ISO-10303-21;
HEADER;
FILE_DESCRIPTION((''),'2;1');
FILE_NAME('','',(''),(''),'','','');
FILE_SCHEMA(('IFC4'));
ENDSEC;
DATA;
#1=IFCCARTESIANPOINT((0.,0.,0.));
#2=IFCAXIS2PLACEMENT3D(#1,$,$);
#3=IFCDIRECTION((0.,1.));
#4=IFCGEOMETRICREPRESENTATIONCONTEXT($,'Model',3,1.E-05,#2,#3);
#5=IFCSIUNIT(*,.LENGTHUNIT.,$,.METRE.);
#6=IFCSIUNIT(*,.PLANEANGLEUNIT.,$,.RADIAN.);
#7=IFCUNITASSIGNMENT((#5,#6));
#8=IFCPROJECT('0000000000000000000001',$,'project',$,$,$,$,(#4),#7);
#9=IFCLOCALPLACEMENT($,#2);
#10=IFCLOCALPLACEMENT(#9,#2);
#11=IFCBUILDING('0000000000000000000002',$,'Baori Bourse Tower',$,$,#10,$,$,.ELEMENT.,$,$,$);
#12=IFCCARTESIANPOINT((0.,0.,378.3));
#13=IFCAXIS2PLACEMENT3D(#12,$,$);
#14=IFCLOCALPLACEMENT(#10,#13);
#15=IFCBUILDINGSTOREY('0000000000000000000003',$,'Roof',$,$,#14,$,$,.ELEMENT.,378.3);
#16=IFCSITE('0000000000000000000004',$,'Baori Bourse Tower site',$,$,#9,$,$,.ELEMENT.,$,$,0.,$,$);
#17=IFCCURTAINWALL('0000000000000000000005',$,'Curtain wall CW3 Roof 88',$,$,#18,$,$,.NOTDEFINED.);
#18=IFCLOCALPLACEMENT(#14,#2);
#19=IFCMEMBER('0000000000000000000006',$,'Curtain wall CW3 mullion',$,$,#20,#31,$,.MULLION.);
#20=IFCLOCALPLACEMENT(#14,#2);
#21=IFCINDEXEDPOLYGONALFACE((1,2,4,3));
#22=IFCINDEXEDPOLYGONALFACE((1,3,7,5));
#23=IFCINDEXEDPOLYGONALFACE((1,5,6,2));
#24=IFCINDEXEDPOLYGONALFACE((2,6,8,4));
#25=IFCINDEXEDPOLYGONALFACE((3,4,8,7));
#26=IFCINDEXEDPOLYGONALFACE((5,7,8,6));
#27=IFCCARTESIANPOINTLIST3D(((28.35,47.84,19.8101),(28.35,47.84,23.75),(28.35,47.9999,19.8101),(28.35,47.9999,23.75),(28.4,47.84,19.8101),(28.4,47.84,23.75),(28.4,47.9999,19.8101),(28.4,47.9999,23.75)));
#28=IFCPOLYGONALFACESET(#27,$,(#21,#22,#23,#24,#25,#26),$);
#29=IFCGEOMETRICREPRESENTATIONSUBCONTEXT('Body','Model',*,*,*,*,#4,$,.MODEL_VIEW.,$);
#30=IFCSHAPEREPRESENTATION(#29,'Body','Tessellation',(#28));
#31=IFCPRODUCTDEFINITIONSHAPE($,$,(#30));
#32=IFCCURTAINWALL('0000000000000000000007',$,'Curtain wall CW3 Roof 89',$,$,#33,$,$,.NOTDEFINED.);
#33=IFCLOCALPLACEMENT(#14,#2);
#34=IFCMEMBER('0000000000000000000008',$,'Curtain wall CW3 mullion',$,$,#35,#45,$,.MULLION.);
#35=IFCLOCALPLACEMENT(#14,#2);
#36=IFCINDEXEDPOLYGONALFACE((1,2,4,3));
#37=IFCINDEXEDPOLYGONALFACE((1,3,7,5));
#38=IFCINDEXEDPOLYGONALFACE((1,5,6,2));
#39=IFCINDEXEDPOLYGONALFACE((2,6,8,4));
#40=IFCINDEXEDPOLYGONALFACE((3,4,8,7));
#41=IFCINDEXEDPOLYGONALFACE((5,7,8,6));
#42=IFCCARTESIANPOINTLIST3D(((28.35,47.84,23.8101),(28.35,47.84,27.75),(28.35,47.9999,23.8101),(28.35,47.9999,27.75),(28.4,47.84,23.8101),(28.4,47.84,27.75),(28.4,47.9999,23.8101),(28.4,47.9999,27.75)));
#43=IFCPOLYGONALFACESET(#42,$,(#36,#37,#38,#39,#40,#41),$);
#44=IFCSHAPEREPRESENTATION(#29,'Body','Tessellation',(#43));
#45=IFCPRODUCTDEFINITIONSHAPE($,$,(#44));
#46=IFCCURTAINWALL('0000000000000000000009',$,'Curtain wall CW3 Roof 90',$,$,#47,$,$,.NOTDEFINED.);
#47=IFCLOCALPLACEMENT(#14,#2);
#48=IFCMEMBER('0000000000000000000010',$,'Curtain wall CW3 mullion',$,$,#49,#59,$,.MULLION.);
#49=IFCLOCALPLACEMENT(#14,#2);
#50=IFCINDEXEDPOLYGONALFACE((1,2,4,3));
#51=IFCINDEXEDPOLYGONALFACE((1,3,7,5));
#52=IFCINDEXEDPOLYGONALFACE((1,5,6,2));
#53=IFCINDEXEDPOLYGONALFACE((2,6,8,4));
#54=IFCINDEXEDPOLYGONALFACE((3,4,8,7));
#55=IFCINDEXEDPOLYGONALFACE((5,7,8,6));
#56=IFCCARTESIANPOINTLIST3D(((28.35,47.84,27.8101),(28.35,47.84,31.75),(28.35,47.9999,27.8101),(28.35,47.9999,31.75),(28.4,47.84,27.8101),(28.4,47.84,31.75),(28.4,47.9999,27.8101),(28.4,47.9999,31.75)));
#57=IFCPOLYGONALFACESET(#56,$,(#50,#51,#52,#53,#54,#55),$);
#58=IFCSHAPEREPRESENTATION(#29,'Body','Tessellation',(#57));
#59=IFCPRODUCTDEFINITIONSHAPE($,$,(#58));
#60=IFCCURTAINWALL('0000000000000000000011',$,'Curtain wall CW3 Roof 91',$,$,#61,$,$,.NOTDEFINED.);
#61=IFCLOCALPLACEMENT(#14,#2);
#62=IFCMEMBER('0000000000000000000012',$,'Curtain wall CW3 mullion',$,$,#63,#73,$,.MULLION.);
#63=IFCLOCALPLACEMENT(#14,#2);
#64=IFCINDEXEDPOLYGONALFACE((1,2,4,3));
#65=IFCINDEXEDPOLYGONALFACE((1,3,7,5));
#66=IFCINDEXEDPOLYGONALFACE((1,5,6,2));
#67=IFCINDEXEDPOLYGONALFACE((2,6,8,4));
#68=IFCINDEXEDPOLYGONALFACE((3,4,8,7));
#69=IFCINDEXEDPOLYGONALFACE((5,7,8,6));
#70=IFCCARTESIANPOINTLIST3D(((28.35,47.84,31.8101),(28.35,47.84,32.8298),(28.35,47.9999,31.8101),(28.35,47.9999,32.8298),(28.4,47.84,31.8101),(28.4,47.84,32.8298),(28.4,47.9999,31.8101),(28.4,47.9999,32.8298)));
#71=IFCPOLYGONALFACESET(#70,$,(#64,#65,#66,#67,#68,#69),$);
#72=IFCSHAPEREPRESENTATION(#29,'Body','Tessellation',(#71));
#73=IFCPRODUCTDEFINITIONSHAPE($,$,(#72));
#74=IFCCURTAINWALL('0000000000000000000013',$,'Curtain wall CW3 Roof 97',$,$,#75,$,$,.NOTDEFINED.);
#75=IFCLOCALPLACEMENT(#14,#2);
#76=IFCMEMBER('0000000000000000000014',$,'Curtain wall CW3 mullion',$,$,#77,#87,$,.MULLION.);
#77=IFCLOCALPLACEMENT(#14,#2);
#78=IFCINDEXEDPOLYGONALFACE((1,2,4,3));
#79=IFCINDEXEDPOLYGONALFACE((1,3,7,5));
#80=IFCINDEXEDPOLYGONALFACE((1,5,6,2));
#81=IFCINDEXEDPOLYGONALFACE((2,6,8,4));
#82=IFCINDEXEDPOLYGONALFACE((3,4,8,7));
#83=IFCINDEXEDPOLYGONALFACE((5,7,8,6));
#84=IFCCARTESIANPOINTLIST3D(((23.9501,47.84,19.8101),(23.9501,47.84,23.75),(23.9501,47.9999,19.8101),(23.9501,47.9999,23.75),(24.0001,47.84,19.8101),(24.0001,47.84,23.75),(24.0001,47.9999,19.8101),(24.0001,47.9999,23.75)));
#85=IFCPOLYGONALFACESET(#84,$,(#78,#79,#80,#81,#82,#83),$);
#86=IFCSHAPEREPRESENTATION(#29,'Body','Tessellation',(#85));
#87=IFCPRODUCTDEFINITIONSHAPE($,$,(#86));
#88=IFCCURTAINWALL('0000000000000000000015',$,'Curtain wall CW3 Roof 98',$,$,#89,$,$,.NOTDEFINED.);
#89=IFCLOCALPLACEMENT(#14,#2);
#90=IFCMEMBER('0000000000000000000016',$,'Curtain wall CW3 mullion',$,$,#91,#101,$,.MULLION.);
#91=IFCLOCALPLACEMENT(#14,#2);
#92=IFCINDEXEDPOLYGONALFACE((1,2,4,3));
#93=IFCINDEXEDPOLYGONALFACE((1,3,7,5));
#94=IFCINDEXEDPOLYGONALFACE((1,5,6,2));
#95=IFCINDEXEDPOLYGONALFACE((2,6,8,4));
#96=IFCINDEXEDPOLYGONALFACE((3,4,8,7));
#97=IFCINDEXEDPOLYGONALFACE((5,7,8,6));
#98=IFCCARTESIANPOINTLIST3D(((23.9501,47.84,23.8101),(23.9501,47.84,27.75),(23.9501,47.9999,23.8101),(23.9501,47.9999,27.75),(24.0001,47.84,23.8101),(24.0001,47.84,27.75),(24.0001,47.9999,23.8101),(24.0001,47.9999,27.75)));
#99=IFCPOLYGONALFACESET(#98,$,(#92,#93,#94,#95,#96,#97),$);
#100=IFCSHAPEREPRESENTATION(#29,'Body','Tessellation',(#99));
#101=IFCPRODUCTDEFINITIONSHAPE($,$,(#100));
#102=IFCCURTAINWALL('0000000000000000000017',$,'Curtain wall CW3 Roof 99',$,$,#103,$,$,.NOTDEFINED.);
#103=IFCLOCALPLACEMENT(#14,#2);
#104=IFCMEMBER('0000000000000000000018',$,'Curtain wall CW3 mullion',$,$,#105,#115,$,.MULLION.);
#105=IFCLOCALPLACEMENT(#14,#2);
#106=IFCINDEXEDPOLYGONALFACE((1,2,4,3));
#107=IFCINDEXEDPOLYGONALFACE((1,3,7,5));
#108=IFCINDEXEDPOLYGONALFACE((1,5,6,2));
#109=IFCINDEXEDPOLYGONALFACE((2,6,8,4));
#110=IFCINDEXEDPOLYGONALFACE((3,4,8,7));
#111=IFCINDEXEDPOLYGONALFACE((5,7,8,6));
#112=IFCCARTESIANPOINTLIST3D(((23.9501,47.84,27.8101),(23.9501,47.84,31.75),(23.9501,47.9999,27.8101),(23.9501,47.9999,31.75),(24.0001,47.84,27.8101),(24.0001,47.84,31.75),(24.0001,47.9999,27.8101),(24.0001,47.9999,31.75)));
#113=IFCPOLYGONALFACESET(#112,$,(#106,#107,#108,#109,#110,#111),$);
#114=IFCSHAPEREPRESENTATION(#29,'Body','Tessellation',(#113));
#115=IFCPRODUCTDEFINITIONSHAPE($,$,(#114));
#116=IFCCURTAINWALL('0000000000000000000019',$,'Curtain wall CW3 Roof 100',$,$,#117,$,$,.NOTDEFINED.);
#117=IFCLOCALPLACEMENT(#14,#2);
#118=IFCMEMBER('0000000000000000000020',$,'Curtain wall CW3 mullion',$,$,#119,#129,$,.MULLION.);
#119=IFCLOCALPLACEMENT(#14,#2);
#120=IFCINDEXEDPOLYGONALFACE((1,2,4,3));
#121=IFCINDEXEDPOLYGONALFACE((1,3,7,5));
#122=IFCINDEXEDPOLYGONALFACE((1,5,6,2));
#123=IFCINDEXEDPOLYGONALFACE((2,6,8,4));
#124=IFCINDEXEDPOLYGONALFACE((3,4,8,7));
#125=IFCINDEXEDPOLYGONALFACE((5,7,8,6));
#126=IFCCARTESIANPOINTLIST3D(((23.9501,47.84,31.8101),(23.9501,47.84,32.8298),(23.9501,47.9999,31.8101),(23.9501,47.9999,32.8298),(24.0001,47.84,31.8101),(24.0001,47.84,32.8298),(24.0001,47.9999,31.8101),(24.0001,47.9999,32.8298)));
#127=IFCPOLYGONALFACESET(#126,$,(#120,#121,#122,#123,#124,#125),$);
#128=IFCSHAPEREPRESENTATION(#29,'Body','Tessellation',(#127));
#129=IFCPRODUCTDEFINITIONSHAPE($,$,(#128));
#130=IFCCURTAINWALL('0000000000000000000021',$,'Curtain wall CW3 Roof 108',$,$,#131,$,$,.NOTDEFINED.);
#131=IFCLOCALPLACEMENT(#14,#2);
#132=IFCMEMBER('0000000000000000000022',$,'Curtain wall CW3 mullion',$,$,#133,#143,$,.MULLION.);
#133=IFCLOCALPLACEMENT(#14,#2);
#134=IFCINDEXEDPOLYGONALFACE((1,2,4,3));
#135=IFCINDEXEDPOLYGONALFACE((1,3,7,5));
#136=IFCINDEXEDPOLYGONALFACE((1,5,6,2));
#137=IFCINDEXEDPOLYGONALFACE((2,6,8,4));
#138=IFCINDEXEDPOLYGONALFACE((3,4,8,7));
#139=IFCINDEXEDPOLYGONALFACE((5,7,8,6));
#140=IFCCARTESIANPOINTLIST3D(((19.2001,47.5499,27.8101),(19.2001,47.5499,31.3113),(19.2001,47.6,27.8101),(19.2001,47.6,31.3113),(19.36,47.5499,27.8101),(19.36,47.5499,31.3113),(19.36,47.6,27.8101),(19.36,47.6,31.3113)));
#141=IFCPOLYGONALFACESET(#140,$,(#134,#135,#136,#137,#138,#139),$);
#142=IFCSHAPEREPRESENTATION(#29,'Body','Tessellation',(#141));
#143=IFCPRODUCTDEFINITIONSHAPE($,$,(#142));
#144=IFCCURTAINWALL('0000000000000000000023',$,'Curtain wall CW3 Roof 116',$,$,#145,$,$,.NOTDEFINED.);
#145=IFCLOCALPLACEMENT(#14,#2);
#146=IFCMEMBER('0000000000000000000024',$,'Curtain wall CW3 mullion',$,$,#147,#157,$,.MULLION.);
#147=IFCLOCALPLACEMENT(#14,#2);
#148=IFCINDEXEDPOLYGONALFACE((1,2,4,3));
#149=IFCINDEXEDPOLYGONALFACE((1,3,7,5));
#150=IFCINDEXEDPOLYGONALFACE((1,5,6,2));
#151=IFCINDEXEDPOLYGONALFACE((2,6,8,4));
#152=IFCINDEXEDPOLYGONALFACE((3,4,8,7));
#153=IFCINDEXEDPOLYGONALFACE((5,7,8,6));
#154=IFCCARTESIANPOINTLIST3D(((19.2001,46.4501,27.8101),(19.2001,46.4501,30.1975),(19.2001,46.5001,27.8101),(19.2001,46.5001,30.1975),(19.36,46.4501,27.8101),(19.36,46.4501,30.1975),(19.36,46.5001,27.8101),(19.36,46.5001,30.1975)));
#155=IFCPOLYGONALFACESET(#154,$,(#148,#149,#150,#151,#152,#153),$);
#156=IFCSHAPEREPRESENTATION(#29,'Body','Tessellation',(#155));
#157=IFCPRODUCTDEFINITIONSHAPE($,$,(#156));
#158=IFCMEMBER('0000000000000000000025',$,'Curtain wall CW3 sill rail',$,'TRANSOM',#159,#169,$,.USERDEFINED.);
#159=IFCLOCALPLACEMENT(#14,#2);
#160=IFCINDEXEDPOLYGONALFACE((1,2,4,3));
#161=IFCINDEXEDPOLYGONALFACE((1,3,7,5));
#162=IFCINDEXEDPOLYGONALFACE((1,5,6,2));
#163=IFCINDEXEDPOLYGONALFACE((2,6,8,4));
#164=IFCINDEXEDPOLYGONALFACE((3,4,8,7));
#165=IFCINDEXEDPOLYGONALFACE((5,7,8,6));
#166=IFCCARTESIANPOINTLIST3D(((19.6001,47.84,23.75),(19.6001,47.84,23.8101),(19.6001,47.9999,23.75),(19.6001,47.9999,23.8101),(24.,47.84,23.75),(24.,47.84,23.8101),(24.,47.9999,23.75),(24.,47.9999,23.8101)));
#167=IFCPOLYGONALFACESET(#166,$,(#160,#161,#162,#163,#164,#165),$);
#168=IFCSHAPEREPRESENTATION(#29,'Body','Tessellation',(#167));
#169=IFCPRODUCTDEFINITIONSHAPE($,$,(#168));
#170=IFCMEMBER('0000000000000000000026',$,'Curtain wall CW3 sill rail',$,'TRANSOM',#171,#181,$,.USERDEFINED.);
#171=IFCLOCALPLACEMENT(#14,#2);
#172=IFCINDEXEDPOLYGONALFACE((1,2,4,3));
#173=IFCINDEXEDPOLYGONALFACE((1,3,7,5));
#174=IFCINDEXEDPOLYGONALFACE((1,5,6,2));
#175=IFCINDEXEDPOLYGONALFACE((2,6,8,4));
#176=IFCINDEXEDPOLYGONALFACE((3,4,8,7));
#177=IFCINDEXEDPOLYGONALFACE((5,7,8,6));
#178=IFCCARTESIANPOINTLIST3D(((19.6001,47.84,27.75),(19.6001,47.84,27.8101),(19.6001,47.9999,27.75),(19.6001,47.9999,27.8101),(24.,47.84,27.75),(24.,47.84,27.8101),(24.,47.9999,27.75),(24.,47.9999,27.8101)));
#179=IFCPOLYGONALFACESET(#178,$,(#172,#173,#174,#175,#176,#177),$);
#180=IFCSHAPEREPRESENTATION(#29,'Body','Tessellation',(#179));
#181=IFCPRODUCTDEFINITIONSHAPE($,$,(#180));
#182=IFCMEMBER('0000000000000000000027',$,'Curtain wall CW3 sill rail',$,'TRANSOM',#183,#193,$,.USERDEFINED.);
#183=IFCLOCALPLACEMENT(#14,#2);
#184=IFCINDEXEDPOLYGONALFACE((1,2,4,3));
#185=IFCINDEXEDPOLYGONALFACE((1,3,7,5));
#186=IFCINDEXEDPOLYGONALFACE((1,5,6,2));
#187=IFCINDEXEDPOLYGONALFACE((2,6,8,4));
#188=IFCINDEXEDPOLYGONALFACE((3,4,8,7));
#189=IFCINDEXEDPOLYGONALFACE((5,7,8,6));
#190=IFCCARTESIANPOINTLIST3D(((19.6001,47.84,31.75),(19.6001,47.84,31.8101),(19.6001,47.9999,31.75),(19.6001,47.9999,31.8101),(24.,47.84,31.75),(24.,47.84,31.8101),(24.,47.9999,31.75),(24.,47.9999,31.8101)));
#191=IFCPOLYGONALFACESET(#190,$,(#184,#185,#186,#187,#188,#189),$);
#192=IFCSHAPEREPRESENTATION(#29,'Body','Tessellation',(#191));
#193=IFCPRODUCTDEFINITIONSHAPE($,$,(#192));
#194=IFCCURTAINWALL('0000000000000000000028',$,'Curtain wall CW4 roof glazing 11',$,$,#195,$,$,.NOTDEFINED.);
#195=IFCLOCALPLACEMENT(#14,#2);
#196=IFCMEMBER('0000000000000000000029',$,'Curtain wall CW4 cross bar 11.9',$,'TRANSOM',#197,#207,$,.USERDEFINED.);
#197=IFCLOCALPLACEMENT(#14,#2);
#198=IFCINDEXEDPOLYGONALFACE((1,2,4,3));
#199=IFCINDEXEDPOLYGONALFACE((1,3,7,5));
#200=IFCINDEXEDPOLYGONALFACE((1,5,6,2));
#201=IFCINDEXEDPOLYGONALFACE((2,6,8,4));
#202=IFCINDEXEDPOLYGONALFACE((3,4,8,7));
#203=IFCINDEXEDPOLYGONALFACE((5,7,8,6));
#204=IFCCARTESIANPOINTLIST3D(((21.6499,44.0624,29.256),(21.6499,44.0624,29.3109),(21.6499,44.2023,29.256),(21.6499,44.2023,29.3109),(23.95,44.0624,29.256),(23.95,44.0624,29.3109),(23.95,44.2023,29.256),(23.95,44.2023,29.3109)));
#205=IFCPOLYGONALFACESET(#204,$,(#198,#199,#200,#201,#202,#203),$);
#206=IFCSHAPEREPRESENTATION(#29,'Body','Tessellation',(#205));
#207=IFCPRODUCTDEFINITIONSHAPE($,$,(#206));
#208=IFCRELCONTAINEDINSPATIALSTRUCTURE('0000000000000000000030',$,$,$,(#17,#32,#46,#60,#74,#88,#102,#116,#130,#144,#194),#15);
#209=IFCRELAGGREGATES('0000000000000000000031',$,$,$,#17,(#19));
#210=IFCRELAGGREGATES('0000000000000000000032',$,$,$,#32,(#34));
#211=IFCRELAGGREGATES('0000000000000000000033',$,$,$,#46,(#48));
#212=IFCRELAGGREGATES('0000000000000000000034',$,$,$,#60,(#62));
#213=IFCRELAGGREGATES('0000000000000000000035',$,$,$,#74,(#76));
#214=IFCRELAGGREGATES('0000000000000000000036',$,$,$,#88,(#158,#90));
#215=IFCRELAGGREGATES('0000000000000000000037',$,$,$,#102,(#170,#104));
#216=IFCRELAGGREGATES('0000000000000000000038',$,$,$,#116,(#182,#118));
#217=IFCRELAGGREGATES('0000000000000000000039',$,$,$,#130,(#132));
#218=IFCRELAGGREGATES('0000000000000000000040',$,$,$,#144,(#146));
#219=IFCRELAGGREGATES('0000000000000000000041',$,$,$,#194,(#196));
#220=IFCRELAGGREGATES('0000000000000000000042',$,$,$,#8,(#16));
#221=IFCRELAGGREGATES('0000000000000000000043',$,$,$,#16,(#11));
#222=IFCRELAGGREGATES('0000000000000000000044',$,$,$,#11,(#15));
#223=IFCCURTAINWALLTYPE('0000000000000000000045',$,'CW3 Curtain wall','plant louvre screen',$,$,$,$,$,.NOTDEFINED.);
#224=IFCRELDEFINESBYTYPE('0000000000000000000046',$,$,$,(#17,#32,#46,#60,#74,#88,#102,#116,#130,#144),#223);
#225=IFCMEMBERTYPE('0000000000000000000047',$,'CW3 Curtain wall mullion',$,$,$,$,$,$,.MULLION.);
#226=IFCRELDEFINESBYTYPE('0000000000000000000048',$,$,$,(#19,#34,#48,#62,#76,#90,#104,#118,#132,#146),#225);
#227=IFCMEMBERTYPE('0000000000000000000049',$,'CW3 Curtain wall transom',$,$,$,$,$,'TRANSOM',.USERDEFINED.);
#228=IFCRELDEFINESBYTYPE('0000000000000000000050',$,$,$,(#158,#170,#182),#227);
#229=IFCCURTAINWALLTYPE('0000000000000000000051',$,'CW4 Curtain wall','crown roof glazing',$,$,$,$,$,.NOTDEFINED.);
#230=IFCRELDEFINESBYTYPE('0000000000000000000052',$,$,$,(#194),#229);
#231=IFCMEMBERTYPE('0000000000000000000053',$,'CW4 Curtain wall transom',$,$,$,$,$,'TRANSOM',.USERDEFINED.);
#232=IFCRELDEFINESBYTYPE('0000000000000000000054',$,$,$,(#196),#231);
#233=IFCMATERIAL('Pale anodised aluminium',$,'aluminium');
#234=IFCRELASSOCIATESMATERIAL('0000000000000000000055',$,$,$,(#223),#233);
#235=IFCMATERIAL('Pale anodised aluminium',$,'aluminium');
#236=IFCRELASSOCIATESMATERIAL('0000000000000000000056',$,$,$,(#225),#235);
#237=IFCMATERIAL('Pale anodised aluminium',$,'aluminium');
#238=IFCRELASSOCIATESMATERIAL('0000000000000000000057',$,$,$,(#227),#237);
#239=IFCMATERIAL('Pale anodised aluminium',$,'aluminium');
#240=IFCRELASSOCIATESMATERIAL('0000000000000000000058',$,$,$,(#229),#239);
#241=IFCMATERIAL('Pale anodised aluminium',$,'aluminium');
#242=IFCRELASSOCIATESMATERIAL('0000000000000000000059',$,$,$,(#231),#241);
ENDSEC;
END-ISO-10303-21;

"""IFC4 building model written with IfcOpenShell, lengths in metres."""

from ifc_helpers import new_model, si_unit, direction, frame, origin, origin_2d, place, context, subcontext, project, spatial, rectangle, extrude, material, material_profile, profile_set, type_object, element, aggregate, save


model = new_model("IFC4")

# Units and contexts
model_context = context("Model", 3, precision=1e-05, world=origin(), true_north=direction((0.0, 1.0)))
body_context = subcontext(model_context, "Body", "Model", "MODEL_VIEW")
ifc_project = project(units=[si_unit("LENGTHUNIT", "METRE"), si_unit("PLANEANGLEUNIT", "RADIAN")], contexts=[model_context])

# Site, building, storey
site_placement = place(None, origin())
site = spatial("IfcSite", under=ifc_project, at=site_placement, Name="Baori Bourse Tower site", CompositionType="ELEMENT", RefElevation=0.0)
building_placement = place(site_placement, origin())
building = spatial("IfcBuilding", under=site, at=building_placement, Name="Baori Bourse Tower", CompositionType="ELEMENT")
storey_placement = place(building_placement, frame((0.0, 0.0, 378.3)))
storey = spatial("IfcBuildingStorey", under=building, at=storey_placement, Name="Roof", CompositionType="ELEMENT", Elevation=378.3)

# Curtain walls, members
ifc_material_1 = material(Name="Pale anodised aluminium", Category="aluminium")
curtain_wall_type_1 = type_object("IfcCurtainWallType", Name="CW3 Curtain wall", Description="plant louvre screen", PredefinedType="NOTDEFINED", material=ifc_material_1)
curtain_wall_1_placement = place(storey_placement, origin())
curtain_wall_1 = element("IfcCurtainWall", 1, at=curtain_wall_1_placement, inside=storey, type_object=curtain_wall_type_1, Name="Curtain wall CW3 Roof 88", PredefinedType="NOTDEFINED")
ifc_material_2 = material(Name="Pale anodised aluminium", Category="aluminium")
ifc_material_profile_1 = material_profile(ifc_material_2, rectangle(XDim=0.1599, YDim=0.05, at=origin_2d()), Name="Mullion 50x160")
ifc_profile_set_1 = profile_set([ifc_material_profile_1], Name="Pale anodised aluminium")
member_type_1 = type_object("IfcMemberType", Name="CW3 Curtain wall mullion", PredefinedType="MULLION", material=ifc_profile_set_1)
member_1_placement = place(storey_placement, frame((28.375, 47.9199, 19.8101), z_axis=(0.0, 0.0, 1.0), x_axis=(0.0, -1.0, 0.0)))
member_1 = element("IfcMember", 2, at=member_1_placement, type_object=member_type_1, Name="Curtain wall CW3 mullion", PredefinedType="MULLION", context=body_context, shape_type="SweptSolid", body=[
    extrude(rectangle(XDim=0.1599, YDim=0.05, at=origin_2d()), origin(), (0.0, 0.0, 1.0), 3.9399),
])
curtain_wall_2_placement = place(storey_placement, origin())
curtain_wall_2 = element("IfcCurtainWall", 3, at=curtain_wall_2_placement, inside=storey, type_object=curtain_wall_type_1, Name="Curtain wall CW3 Roof 89", PredefinedType="NOTDEFINED")
member_2_placement = place(storey_placement, frame((28.375, 47.9199, 23.8101), z_axis=(0.0, 0.0, 1.0), x_axis=(0.0, -1.0, 0.0)))
member_2 = element("IfcMember", 4, at=member_2_placement, type_object=member_type_1, Name="Curtain wall CW3 mullion", PredefinedType="MULLION", context=body_context, shape_type="SweptSolid", body=[
    extrude(rectangle(XDim=0.1599, YDim=0.05, at=origin_2d()), origin(), (0.0, 0.0, 1.0), 3.9399),
])
curtain_wall_3_placement = place(storey_placement, origin())
curtain_wall_3 = element("IfcCurtainWall", 5, at=curtain_wall_3_placement, inside=storey, type_object=curtain_wall_type_1, Name="Curtain wall CW3 Roof 90", PredefinedType="NOTDEFINED")
member_3_placement = place(storey_placement, frame((28.375, 47.9199, 27.8101), z_axis=(0.0, 0.0, 1.0), x_axis=(0.0, -1.0, 0.0)))
member_3 = element("IfcMember", 6, at=member_3_placement, type_object=member_type_1, Name="Curtain wall CW3 mullion", PredefinedType="MULLION", context=body_context, shape_type="SweptSolid", body=[
    extrude(rectangle(XDim=0.1599, YDim=0.05, at=origin_2d()), origin(), (0.0, 0.0, 1.0), 3.9399),
])
curtain_wall_4_placement = place(storey_placement, origin())
curtain_wall_4 = element("IfcCurtainWall", 7, at=curtain_wall_4_placement, inside=storey, type_object=curtain_wall_type_1, Name="Curtain wall CW3 Roof 91", PredefinedType="NOTDEFINED")
member_4_placement = place(storey_placement, frame((28.375, 47.9199, 31.8101), z_axis=(0.0, 0.0, 1.0), x_axis=(0.0, -1.0, 0.0)))
member_4 = element("IfcMember", 8, at=member_4_placement, type_object=member_type_1, Name="Curtain wall CW3 mullion", PredefinedType="MULLION", context=body_context, shape_type="SweptSolid", body=[
    extrude(rectangle(XDim=0.1599, YDim=0.05, at=origin_2d()), origin(), (0.0, 0.0, 1.0), 1.0198),
])
curtain_wall_5_placement = place(storey_placement, origin())
curtain_wall_5 = element("IfcCurtainWall", 9, at=curtain_wall_5_placement, inside=storey, type_object=curtain_wall_type_1, Name="Curtain wall CW3 Roof 97", PredefinedType="NOTDEFINED")
member_5_placement = place(storey_placement, frame((23.9751, 47.9199, 19.8101), z_axis=(0.0, 0.0, 1.0), x_axis=(0.0, -1.0, 0.0)))
member_5 = element("IfcMember", 10, at=member_5_placement, type_object=member_type_1, Name="Curtain wall CW3 mullion", PredefinedType="MULLION", context=body_context, shape_type="SweptSolid", body=[
    extrude(rectangle(XDim=0.1599, YDim=0.05, at=origin_2d()), origin(), (0.0, 0.0, 1.0), 3.9399),
])
curtain_wall_6_placement = place(storey_placement, origin())
curtain_wall_6 = element("IfcCurtainWall", 11, at=curtain_wall_6_placement, inside=storey, type_object=curtain_wall_type_1, Name="Curtain wall CW3 Roof 98", PredefinedType="NOTDEFINED")
member_6_placement = place(storey_placement, frame((23.9751, 47.9199, 23.8101), z_axis=(0.0, 0.0, 1.0), x_axis=(0.0, -1.0, 0.0)))
member_6 = element("IfcMember", 12, at=member_6_placement, type_object=member_type_1, Name="Curtain wall CW3 mullion", PredefinedType="MULLION", context=body_context, shape_type="SweptSolid", body=[
    extrude(rectangle(XDim=0.1599, YDim=0.05, at=origin_2d()), origin(), (0.0, 0.0, 1.0), 3.9399),
])
curtain_wall_7_placement = place(storey_placement, origin())
curtain_wall_7 = element("IfcCurtainWall", 13, at=curtain_wall_7_placement, inside=storey, type_object=curtain_wall_type_1, Name="Curtain wall CW3 Roof 99", PredefinedType="NOTDEFINED")
member_7_placement = place(storey_placement, frame((23.9751, 47.9199, 27.8101), z_axis=(0.0, 0.0, 1.0), x_axis=(0.0, -1.0, 0.0)))
member_7 = element("IfcMember", 14, at=member_7_placement, type_object=member_type_1, Name="Curtain wall CW3 mullion", PredefinedType="MULLION", context=body_context, shape_type="SweptSolid", body=[
    extrude(rectangle(XDim=0.1599, YDim=0.05, at=origin_2d()), origin(), (0.0, 0.0, 1.0), 3.9399),
])
curtain_wall_8_placement = place(storey_placement, origin())
curtain_wall_8 = element("IfcCurtainWall", 15, at=curtain_wall_8_placement, inside=storey, type_object=curtain_wall_type_1, Name="Curtain wall CW3 Roof 100", PredefinedType="NOTDEFINED")
member_8_placement = place(storey_placement, frame((23.9751, 47.9199, 31.8101), z_axis=(0.0, 0.0, 1.0), x_axis=(0.0, -1.0, 0.0)))
member_8 = element("IfcMember", 16, at=member_8_placement, type_object=member_type_1, Name="Curtain wall CW3 mullion", PredefinedType="MULLION", context=body_context, shape_type="SweptSolid", body=[
    extrude(rectangle(XDim=0.1599, YDim=0.05, at=origin_2d()), origin(), (0.0, 0.0, 1.0), 1.0198),
])
curtain_wall_9_placement = place(storey_placement, origin())
curtain_wall_9 = element("IfcCurtainWall", 17, at=curtain_wall_9_placement, inside=storey, type_object=curtain_wall_type_1, Name="Curtain wall CW3 Roof 108", PredefinedType="NOTDEFINED")
member_9_placement = place(storey_placement, frame((19.28, 47.575, 27.8101), z_axis=(0.0, 0.0, 1.0), x_axis=(1.0, 0.0, 0.0)))
member_9 = element("IfcMember", 18, at=member_9_placement, type_object=member_type_1, Name="Curtain wall CW3 mullion", PredefinedType="MULLION", context=body_context, shape_type="SweptSolid", body=[
    extrude(rectangle(XDim=0.1599, YDim=0.05, at=origin_2d()), origin(), (0.0, 0.0, 1.0), 3.5012),
])
curtain_wall_10_placement = place(storey_placement, origin())
curtain_wall_10 = element("IfcCurtainWall", 19, at=curtain_wall_10_placement, inside=storey, type_object=curtain_wall_type_1, Name="Curtain wall CW3 Roof 116", PredefinedType="NOTDEFINED")
member_10_placement = place(storey_placement, frame((19.28, 46.4751, 27.8101), z_axis=(0.0, 0.0, 1.0), x_axis=(1.0, 0.0, 0.0)))
member_10 = element("IfcMember", 20, at=member_10_placement, type_object=member_type_1, Name="Curtain wall CW3 mullion", PredefinedType="MULLION", context=body_context, shape_type="SweptSolid", body=[
    extrude(rectangle(XDim=0.1599, YDim=0.05, at=origin_2d()), origin(), (0.0, 0.0, 1.0), 2.3875),
])

# Members
ifc_material_3 = material(Name="Pale anodised aluminium", Category="aluminium")
ifc_material_profile_2 = material_profile(ifc_material_3, rectangle(XDim=0.1599, YDim=0.0601, at=origin_2d()), Name="Transom 60x160")
ifc_profile_set_2 = profile_set([ifc_material_profile_2], Name="Pale anodised aluminium")
member_type_2 = type_object("IfcMemberType", Name="CW3 Curtain wall transom", ElementType="TRANSOM", PredefinedType="USERDEFINED", material=ifc_profile_set_2)
member_11_placement = place(storey_placement, frame((24.0, 47.9199, 23.78), z_axis=(-1.0, 0.0, 0.0), x_axis=(0.0, -1.0, 0.0)))
member_11 = element("IfcMember", 21, at=member_11_placement, type_object=member_type_2, Name="Curtain wall CW3 sill rail", ObjectType="TRANSOM", PredefinedType="USERDEFINED", context=body_context, shape_type="SweptSolid", body=[
    extrude(rectangle(XDim=0.1599, YDim=0.0601, at=origin_2d()), origin(), (0.0, 0.0, 1.0), 4.3999),
])
member_12_placement = place(storey_placement, frame((24.0, 47.9199, 27.78), z_axis=(-1.0, 0.0, 0.0), x_axis=(0.0, -1.0, 0.0)))
member_12 = element("IfcMember", 22, at=member_12_placement, type_object=member_type_2, Name="Curtain wall CW3 sill rail", ObjectType="TRANSOM", PredefinedType="USERDEFINED", context=body_context, shape_type="SweptSolid", body=[
    extrude(rectangle(XDim=0.1599, YDim=0.0601, at=origin_2d()), origin(), (0.0, 0.0, 1.0), 4.3999),
])
member_13_placement = place(storey_placement, frame((24.0, 47.9199, 31.78), z_axis=(-1.0, 0.0, 0.0), x_axis=(0.0, -1.0, 0.0)))
member_13 = element("IfcMember", 23, at=member_13_placement, type_object=member_type_2, Name="Curtain wall CW3 sill rail", ObjectType="TRANSOM", PredefinedType="USERDEFINED", context=body_context, shape_type="SweptSolid", body=[
    extrude(rectangle(XDim=0.1599, YDim=0.0601, at=origin_2d()), origin(), (0.0, 0.0, 1.0), 4.3999),
])

# Curtain wall, member
ifc_material_4 = material(Name="Pale anodised aluminium", Category="aluminium")
curtain_wall_type_2 = type_object("IfcCurtainWallType", Name="CW4 Curtain wall", Description="crown roof glazing", PredefinedType="NOTDEFINED", material=ifc_material_4)
curtain_wall_11_placement = place(storey_placement, origin())
curtain_wall_11 = element("IfcCurtainWall", 24, at=curtain_wall_11_placement, inside=storey, type_object=curtain_wall_type_2, Name="Curtain wall CW4 roof glazing 11", PredefinedType="NOTDEFINED")
ifc_material_5 = material(Name="Pale anodised aluminium", Category="aluminium")
ifc_material_profile_3 = material_profile(ifc_material_5, rectangle(XDim=0.1399, YDim=0.0549, at=origin_2d()), Name="Transom 55x140")
ifc_profile_set_3 = profile_set([ifc_material_profile_3], Name="Pale anodised aluminium")
member_type_3 = type_object("IfcMemberType", Name="CW4 Curtain wall transom", ElementType="TRANSOM", PredefinedType="USERDEFINED", material=ifc_profile_set_3)
member_14_placement = place(storey_placement, frame((21.6499, 44.1323, 29.2834), z_axis=(1.0, 0.0, 0.0), x_axis=(0.0, 1.0, 0.0)))
member_14 = element("IfcMember", 25, at=member_14_placement, type_object=member_type_3, Name="Curtain wall CW4 cross bar 11.9", ObjectType="TRANSOM", PredefinedType="USERDEFINED", context=body_context, shape_type="SweptSolid", body=[
    extrude(rectangle(XDim=0.1399, YDim=0.0549, at=origin_2d()), origin(), (0.0, 0.0, 1.0), 2.3),
])

aggregate(curtain_wall_1, [member_1])
aggregate(curtain_wall_2, [member_2])
aggregate(curtain_wall_3, [member_3])
aggregate(curtain_wall_4, [member_4])
aggregate(curtain_wall_5, [member_5])
aggregate(curtain_wall_6, [member_11, member_6])
aggregate(curtain_wall_7, [member_12, member_7])
aggregate(curtain_wall_8, [member_13, member_8])
aggregate(curtain_wall_9, [member_9])
aggregate(curtain_wall_10, [member_10])
aggregate(curtain_wall_11, [member_14])

save(model, "model.ifc")
